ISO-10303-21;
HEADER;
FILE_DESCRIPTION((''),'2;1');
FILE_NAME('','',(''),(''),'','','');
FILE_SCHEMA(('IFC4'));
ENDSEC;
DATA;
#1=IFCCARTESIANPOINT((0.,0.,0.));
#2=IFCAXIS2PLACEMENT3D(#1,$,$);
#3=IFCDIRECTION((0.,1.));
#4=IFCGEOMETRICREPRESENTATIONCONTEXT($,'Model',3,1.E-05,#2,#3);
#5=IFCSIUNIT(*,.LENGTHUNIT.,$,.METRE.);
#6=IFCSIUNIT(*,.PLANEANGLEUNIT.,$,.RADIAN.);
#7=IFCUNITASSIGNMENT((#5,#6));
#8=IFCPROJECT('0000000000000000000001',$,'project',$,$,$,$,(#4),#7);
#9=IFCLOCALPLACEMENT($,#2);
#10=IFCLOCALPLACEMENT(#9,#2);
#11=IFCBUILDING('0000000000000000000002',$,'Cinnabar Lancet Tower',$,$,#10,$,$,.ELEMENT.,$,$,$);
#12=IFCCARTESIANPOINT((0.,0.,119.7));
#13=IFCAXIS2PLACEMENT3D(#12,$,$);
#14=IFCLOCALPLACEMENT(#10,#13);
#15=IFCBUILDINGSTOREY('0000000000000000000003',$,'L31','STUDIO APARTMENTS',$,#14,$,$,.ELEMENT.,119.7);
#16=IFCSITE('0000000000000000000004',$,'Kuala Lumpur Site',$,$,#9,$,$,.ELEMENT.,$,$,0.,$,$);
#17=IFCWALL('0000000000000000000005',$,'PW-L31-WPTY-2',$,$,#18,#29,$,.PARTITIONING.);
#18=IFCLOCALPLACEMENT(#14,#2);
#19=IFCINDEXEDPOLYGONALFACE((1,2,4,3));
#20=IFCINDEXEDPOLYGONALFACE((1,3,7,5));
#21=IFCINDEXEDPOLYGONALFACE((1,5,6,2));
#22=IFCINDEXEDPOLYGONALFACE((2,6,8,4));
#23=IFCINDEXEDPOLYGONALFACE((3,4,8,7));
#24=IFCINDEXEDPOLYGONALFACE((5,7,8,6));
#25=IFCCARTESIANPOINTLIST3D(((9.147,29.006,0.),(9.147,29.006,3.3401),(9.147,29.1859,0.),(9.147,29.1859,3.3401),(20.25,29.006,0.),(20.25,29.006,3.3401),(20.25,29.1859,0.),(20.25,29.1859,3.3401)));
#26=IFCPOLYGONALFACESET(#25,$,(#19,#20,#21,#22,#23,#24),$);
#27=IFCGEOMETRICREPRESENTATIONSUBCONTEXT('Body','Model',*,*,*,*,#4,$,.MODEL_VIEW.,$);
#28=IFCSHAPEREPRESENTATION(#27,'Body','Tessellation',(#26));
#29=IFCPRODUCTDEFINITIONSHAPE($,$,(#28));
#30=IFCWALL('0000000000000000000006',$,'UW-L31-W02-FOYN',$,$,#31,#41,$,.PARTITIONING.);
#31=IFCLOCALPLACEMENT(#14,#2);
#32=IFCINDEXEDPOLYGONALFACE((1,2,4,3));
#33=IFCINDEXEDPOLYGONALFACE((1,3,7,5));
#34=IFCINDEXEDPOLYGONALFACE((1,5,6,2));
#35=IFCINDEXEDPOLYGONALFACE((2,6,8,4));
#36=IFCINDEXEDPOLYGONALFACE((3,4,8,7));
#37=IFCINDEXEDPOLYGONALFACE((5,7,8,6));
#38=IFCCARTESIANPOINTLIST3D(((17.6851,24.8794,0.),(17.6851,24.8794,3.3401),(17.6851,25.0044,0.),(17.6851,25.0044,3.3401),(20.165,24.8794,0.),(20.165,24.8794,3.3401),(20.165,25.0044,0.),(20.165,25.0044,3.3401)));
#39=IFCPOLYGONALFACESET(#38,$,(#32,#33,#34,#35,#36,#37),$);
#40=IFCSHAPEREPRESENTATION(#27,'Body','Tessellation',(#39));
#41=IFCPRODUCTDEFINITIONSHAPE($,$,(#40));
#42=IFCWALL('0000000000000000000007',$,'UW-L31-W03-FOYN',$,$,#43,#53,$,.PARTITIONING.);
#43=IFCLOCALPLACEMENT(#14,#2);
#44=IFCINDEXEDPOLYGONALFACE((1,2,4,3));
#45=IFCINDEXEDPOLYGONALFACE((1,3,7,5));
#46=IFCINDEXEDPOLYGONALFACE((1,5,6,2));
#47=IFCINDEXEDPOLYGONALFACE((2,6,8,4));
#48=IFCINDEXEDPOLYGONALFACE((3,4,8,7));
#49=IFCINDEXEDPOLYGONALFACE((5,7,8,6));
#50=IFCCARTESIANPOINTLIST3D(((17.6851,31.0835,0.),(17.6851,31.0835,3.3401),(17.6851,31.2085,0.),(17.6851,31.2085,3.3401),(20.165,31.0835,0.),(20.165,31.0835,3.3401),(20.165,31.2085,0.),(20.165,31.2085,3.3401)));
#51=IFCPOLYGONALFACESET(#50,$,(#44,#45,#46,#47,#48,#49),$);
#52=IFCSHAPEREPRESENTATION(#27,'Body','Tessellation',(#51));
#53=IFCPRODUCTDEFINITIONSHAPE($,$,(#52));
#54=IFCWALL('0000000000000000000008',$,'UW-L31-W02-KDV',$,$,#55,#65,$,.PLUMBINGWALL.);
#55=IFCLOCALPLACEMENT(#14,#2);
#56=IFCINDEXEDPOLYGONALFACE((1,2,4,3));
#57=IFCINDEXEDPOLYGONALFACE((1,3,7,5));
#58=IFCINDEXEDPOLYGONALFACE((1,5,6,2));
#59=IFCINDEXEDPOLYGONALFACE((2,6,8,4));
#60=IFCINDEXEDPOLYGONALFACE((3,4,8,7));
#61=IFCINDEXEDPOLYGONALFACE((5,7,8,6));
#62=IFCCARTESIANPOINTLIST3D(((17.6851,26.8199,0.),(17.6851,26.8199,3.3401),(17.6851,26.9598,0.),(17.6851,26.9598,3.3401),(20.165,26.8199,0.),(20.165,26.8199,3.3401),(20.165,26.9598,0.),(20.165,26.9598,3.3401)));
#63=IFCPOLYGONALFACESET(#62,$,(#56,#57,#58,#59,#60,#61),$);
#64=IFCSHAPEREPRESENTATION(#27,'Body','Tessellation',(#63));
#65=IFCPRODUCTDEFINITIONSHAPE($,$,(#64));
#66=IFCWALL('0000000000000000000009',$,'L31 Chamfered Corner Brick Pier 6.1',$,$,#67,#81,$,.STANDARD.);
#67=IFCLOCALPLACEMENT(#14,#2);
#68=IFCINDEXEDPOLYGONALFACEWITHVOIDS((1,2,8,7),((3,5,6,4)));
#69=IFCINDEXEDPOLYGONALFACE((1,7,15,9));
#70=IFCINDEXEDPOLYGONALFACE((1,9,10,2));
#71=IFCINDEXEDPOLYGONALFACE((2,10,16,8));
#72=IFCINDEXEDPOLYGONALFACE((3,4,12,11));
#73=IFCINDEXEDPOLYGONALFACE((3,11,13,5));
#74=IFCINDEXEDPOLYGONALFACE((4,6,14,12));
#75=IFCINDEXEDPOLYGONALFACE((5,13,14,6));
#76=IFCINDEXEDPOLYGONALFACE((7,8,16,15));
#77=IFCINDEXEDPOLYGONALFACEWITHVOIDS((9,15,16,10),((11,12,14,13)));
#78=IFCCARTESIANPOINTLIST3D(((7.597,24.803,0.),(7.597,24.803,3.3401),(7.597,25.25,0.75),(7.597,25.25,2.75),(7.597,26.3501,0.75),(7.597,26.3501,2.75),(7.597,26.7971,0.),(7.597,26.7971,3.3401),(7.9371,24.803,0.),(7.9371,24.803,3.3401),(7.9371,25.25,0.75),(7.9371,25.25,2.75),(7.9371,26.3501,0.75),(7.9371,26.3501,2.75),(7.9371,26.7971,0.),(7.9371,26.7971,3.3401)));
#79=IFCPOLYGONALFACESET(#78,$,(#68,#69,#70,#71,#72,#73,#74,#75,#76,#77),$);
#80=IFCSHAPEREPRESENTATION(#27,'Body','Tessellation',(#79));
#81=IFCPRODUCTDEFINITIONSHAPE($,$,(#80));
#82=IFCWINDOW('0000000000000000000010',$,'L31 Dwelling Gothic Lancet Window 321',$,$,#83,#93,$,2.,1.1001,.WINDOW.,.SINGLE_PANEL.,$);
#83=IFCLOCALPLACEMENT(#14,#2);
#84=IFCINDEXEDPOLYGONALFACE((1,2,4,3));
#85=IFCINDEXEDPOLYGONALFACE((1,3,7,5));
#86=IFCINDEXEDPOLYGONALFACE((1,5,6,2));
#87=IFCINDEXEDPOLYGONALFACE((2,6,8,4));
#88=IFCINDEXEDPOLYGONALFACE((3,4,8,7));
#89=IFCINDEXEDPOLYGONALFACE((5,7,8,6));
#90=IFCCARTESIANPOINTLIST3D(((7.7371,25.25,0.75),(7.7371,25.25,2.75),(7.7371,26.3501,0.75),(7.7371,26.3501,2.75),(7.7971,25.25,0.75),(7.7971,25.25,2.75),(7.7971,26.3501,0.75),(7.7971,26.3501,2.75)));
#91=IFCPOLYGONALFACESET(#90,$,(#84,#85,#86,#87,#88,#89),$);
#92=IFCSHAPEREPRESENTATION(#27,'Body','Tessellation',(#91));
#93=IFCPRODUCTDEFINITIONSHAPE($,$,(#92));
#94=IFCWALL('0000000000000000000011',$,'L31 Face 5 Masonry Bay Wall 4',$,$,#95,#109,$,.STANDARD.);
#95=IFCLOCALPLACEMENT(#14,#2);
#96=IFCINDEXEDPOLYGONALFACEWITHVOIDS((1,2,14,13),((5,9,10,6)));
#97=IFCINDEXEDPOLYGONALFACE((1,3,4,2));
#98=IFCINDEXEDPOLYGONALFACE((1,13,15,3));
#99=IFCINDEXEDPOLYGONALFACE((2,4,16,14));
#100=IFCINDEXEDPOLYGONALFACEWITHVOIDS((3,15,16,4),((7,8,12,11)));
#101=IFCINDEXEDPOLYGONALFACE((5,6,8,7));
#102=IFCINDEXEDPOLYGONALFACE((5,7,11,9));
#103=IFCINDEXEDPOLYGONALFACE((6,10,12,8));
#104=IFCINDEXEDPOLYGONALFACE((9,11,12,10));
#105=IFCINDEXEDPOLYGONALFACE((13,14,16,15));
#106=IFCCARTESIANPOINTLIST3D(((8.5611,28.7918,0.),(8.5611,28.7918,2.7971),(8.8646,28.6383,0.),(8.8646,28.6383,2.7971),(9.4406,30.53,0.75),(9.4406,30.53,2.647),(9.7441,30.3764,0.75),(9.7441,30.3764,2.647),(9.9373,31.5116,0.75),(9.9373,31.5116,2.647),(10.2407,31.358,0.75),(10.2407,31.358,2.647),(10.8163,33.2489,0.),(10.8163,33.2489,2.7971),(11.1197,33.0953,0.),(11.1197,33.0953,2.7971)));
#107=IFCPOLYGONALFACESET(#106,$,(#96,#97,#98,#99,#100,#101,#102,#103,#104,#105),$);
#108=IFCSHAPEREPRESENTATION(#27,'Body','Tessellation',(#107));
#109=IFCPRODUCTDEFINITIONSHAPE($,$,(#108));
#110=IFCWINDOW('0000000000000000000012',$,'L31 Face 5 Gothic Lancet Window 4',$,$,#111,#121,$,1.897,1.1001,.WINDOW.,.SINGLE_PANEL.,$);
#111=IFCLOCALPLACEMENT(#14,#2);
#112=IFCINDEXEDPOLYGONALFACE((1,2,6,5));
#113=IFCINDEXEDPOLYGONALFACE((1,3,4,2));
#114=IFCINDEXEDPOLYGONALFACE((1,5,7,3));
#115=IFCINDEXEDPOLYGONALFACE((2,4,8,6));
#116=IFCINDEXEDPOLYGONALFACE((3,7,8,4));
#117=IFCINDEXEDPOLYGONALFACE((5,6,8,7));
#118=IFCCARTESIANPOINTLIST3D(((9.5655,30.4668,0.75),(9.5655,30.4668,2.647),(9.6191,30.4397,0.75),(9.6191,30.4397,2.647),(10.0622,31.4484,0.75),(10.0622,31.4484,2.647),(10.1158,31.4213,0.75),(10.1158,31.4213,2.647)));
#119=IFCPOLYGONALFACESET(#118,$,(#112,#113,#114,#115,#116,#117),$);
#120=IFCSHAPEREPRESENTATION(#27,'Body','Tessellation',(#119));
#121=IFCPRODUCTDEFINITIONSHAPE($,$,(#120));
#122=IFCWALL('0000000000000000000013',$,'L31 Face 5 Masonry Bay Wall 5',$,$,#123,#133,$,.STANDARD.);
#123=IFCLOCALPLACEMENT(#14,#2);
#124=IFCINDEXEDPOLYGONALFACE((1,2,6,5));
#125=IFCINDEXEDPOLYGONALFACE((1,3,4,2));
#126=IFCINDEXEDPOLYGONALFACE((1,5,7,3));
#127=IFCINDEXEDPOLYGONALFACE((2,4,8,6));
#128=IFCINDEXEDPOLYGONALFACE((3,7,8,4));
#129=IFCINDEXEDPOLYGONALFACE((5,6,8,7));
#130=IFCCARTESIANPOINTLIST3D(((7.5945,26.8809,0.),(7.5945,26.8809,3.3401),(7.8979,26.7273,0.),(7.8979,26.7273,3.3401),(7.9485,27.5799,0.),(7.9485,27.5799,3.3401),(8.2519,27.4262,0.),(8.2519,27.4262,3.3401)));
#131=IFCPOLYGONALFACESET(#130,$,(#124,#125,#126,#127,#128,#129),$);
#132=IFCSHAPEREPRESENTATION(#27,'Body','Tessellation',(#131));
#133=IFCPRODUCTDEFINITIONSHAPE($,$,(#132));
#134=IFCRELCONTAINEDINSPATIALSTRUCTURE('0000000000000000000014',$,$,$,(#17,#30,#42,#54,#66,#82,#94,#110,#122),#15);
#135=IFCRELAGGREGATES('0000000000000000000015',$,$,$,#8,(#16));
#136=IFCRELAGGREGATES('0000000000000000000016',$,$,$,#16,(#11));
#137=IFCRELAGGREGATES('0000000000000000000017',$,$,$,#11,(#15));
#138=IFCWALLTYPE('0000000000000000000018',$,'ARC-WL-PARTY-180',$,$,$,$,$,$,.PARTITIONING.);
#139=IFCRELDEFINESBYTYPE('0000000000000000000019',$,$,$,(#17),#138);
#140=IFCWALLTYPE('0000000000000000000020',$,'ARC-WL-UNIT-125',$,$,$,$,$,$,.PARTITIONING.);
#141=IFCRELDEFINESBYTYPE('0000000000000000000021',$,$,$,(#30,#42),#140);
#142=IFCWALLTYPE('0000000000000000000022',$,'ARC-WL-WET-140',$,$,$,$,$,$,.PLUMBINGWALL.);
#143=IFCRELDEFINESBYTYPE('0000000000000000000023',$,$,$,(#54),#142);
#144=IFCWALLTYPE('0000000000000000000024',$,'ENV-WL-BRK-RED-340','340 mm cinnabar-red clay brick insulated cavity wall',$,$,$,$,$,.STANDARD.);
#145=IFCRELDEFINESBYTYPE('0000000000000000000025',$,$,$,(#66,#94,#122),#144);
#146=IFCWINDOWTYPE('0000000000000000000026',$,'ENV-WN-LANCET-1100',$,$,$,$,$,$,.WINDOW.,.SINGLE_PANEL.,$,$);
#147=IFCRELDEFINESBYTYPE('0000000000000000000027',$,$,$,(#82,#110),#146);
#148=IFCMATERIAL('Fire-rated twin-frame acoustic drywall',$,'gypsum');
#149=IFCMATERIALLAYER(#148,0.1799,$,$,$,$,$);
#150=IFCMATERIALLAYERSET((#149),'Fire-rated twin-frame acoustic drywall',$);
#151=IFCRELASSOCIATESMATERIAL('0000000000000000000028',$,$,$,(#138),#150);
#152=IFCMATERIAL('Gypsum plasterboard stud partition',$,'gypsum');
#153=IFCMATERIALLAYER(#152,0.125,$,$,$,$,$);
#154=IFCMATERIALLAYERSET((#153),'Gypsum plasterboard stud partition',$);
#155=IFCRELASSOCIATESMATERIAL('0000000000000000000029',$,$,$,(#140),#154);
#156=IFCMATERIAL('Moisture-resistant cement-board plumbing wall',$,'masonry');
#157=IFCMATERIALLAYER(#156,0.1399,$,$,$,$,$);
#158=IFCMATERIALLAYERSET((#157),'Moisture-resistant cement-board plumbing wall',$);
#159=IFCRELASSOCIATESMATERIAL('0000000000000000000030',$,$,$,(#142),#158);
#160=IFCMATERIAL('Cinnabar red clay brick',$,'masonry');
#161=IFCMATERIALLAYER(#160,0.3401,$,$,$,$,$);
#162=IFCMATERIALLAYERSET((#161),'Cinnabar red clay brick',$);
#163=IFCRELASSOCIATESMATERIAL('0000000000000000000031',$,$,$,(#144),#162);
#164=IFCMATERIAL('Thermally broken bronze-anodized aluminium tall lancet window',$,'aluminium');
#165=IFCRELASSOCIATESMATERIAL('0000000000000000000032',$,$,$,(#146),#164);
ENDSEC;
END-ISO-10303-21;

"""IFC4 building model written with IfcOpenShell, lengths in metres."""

from ifc_helpers import new_model, si_unit, direction, frame, frame_2d, origin, place, context, subcontext, project, spatial, rectangle, extrude, material, layer, layer_set, type_object, element, fill, save


model = new_model("IFC4")

# Units and contexts
model_context = context("Model", 3, precision=1e-05, world=origin(), true_north=direction((0.0, 1.0)))
body_context = subcontext(model_context, "Body", "Model", "MODEL_VIEW")
ifc_project = project(units=[si_unit("LENGTHUNIT", "METRE"), si_unit("PLANEANGLEUNIT", "RADIAN")], contexts=[model_context])

# Site, building, storey
site_placement = place(None, origin())
site = spatial("IfcSite", under=ifc_project, at=site_placement, Name="Kuala Lumpur Site", CompositionType="ELEMENT", RefElevation=0.0)
building_placement = place(site_placement, origin())
building = spatial("IfcBuilding", under=site, at=building_placement, Name="Cinnabar Lancet Tower", CompositionType="ELEMENT")
storey_placement = place(building_placement, frame((0.0, 0.0, 119.7)))
storey = spatial("IfcBuildingStorey", under=building, at=storey_placement, Name="L31", Description="STUDIO APARTMENTS", CompositionType="ELEMENT", Elevation=119.7)

# Walls
ifc_material_1 = material(Name="Fire-rated twin-frame acoustic drywall", Category="gypsum")
ifc_layer_1 = layer(ifc_material_1, 0.1799)
ifc_layer_set_1 = layer_set([ifc_layer_1], Name="Fire-rated twin-frame acoustic drywall")
wall_type_1 = type_object("IfcWallType", Name="ARC-WL-PARTY-180", PredefinedType="PARTITIONING", material=ifc_layer_set_1)
wall_1_placement = place(storey_placement, frame((9.147, 29.0959, 0.0), z_axis=(0.0, 0.0, 1.0), x_axis=(1.0, 0.0, 0.0)))
element("IfcWall", 1, at=wall_1_placement, inside=storey, type_object=wall_type_1, Name="PW-L31-WPTY-2", PredefinedType="PARTITIONING", context=body_context, shape_type="SweptSolid", body=[
    extrude(rectangle(XDim=11.103, YDim=0.1799, at=frame_2d((5.5515, 0.0))), origin(), (0.0, 0.0, 1.0), 3.3401),
])
ifc_material_2 = material(Name="Gypsum plasterboard stud partition", Category="gypsum")
ifc_layer_2 = layer(ifc_material_2, 0.125)
ifc_layer_set_2 = layer_set([ifc_layer_2], Name="Gypsum plasterboard stud partition")
wall_type_2 = type_object("IfcWallType", Name="ARC-WL-UNIT-125", PredefinedType="PARTITIONING", material=ifc_layer_set_2)
for number, where, z_axis, x_axis, name in (
    (2, (17.6851, 24.9419, 0.0), (0.0, 0.0, 1.0), (1.0, 0.0, 0.0), "UW-L31-W02-FOYN"),
    (3, (17.6851, 31.146, 0.0), (0.0, 0.0, 1.0), (1.0, 0.0, 0.0), "UW-L31-W03-FOYN"),
):
    element("IfcWall", number, at=place(storey_placement, frame(where, z_axis=z_axis, x_axis=x_axis)), inside=storey, type_object=wall_type_2, Name=name, PredefinedType="PARTITIONING", context=body_context, shape_type="SweptSolid", body=[
        extrude(rectangle(XDim=2.48, YDim=0.125, at=frame_2d((1.24, 0.0))), origin(), (0.0, 0.0, 1.0), 3.3401),
    ])
ifc_material_3 = material(Name="Moisture-resistant cement-board plumbing wall", Category="masonry")
ifc_layer_3 = layer(ifc_material_3, 0.1399)
ifc_layer_set_3 = layer_set([ifc_layer_3], Name="Moisture-resistant cement-board plumbing wall")
wall_type_3 = type_object("IfcWallType", Name="ARC-WL-WET-140", PredefinedType="PLUMBINGWALL", material=ifc_layer_set_3)
wall_2_placement = place(storey_placement, frame((17.6851, 26.8899, 0.0), z_axis=(0.0, 0.0, 1.0), x_axis=(1.0, 0.0, 0.0)))
element("IfcWall", 4, at=wall_2_placement, inside=storey, type_object=wall_type_3, Name="UW-L31-W02-KDV", PredefinedType="PLUMBINGWALL", context=body_context, shape_type="SweptSolid", body=[
    extrude(rectangle(XDim=2.48, YDim=0.1399, at=frame_2d((1.24, 0.0))), origin(), (0.0, 0.0, 1.0), 3.3401),
])

# Walls, openings, windows
ifc_material_4 = material(Name="Cinnabar red clay brick", Category="masonry")
ifc_layer_4 = layer(ifc_material_4, 0.3401)
ifc_layer_set_4 = layer_set([ifc_layer_4], Name="Cinnabar red clay brick")
wall_type_4 = type_object("IfcWallType", Name="ENV-WL-BRK-RED-340", Description="340 mm cinnabar-red clay brick insulated cavity wall", PredefinedType="STANDARD", material=ifc_layer_set_4)
wall_3_placement = place(storey_placement, frame((7.7671, 26.7971, 0.0), z_axis=(0.0, 0.0, 1.0), x_axis=(0.0, -1.0, 0.0)))
wall_3 = element("IfcWall", 5, at=wall_3_placement, inside=storey, type_object=wall_type_4, Name="L31 Chamfered Corner Brick Pier 6.1", PredefinedType="STANDARD", context=body_context, shape_type="SweptSolid", body=[
    extrude(rectangle(XDim=1.9941, YDim=0.3401, at=frame_2d((0.9971, 0.0))), origin(), (0.0, 0.0, 1.0), 3.3401),
])
opening_1_placement = place(wall_3_placement, frame((0.447, 0.0, 0.75)))
opening_1 = element("IfcOpeningElement", 6, at=opening_1_placement, cuts=wall_3, PredefinedType="OPENING", context=body_context, shape_type="SweptSolid", body=[
    extrude(rectangle(XDim=1.1001, YDim=2.0, at=frame_2d((0.55, 1.0))), frame((0.0, 0.1799, 0.0), z_axis=(0.0, -1.0, 0.0), x_axis=(1.0, 0.0, 0.0)), (0.0, 0.0, 1.0), 0.3601),
])
ifc_material_5 = material(Name="Thermally broken bronze-anodized aluminium tall lancet window", Category="aluminium")
window_type = type_object("IfcWindowType", Name="ENV-WN-LANCET-1100", PartitioningType="SINGLE_PANEL", PredefinedType="WINDOW", material=ifc_material_5)
window_1_placement = place(opening_1_placement, origin())
window_1 = element("IfcWindow", 7, at=window_1_placement, inside=storey, type_object=window_type, Name="L31 Dwelling Gothic Lancet Window 321", OverallHeight=2.0, OverallWidth=1.1001, PartitioningType="SINGLE_PANEL", PredefinedType="WINDOW", context=body_context, shape_type="SweptSolid", body=[
    extrude(rectangle(XDim=1.1001, YDim=2.0, at=frame_2d((0.55, 1.0))), frame((0.0, 0.03, 0.0), z_axis=(0.0, -1.0, 0.0), x_axis=(1.0, 0.0, 0.0)), (0.0, 0.0, 1.0), 0.0601),
])
fill(opening_1, window_1)
wall_4_placement = place(storey_placement, frame((10.968, 33.1721, 0.0), z_axis=(0.0, 0.0, 1.0), x_axis=(-0.451471, -0.892286, 0.0)))
wall_4 = element("IfcWall", 8, at=wall_4_placement, inside=storey, type_object=wall_type_4, Name="L31 Face 5 Masonry Bay Wall 4", PredefinedType="STANDARD", context=body_context, shape_type="SweptSolid", body=[
    extrude(rectangle(XDim=4.9951, YDim=0.3401, at=frame_2d((2.4976, 0.0))), origin(), (0.0, 0.0, 1.0), 2.7971),
])
opening_2_placement = place(wall_4_placement, frame((1.947, 0.0, 0.75)))
opening_2 = element("IfcOpeningElement", 9, at=opening_2_placement, cuts=wall_4, PredefinedType="OPENING", context=body_context, shape_type="SweptSolid", body=[
    extrude(rectangle(XDim=1.1001, YDim=1.897, at=frame_2d((0.55, 0.9485))), frame((0.0, 0.1799, 0.0), z_axis=(0.0, -1.0, 0.0), x_axis=(1.0, 0.0, 0.0)), (0.0, 0.0, 1.0), 0.3601),
])
window_2_placement = place(opening_2_placement, origin())
window_2 = element("IfcWindow", 10, at=window_2_placement, inside=storey, type_object=window_type, Name="L31 Face 5 Gothic Lancet Window 4", OverallHeight=1.897, OverallWidth=1.1001, PartitioningType="SINGLE_PANEL", PredefinedType="WINDOW", context=body_context, shape_type="SweptSolid", body=[
    extrude(rectangle(XDim=1.1001, YDim=1.897, at=frame_2d((0.55, 0.9485))), frame((0.0, 0.03, 0.0), z_axis=(0.0, -1.0, 0.0), x_axis=(1.0, 0.0, 0.0)), (0.0, 0.0, 1.0), 0.0601),
])
fill(opening_2, window_2)

# Wall
wall_5_placement = place(storey_placement, frame((8.1001, 27.5029, 0.0), z_axis=(0.0, 0.0, 1.0), x_axis=(-0.451819, -0.892109, 0.0)))
element("IfcWall", 11, at=wall_5_placement, inside=storey, type_object=wall_type_4, Name="L31 Face 5 Masonry Bay Wall 5", PredefinedType="STANDARD", context=body_context, shape_type="SweptSolid", body=[
    extrude(rectangle(XDim=0.7834, YDim=0.3401, at=frame_2d((0.3916, 0.0))), origin(), (0.0, 0.0, 1.0), 3.3401),
])

save(model, "model.ifc")
